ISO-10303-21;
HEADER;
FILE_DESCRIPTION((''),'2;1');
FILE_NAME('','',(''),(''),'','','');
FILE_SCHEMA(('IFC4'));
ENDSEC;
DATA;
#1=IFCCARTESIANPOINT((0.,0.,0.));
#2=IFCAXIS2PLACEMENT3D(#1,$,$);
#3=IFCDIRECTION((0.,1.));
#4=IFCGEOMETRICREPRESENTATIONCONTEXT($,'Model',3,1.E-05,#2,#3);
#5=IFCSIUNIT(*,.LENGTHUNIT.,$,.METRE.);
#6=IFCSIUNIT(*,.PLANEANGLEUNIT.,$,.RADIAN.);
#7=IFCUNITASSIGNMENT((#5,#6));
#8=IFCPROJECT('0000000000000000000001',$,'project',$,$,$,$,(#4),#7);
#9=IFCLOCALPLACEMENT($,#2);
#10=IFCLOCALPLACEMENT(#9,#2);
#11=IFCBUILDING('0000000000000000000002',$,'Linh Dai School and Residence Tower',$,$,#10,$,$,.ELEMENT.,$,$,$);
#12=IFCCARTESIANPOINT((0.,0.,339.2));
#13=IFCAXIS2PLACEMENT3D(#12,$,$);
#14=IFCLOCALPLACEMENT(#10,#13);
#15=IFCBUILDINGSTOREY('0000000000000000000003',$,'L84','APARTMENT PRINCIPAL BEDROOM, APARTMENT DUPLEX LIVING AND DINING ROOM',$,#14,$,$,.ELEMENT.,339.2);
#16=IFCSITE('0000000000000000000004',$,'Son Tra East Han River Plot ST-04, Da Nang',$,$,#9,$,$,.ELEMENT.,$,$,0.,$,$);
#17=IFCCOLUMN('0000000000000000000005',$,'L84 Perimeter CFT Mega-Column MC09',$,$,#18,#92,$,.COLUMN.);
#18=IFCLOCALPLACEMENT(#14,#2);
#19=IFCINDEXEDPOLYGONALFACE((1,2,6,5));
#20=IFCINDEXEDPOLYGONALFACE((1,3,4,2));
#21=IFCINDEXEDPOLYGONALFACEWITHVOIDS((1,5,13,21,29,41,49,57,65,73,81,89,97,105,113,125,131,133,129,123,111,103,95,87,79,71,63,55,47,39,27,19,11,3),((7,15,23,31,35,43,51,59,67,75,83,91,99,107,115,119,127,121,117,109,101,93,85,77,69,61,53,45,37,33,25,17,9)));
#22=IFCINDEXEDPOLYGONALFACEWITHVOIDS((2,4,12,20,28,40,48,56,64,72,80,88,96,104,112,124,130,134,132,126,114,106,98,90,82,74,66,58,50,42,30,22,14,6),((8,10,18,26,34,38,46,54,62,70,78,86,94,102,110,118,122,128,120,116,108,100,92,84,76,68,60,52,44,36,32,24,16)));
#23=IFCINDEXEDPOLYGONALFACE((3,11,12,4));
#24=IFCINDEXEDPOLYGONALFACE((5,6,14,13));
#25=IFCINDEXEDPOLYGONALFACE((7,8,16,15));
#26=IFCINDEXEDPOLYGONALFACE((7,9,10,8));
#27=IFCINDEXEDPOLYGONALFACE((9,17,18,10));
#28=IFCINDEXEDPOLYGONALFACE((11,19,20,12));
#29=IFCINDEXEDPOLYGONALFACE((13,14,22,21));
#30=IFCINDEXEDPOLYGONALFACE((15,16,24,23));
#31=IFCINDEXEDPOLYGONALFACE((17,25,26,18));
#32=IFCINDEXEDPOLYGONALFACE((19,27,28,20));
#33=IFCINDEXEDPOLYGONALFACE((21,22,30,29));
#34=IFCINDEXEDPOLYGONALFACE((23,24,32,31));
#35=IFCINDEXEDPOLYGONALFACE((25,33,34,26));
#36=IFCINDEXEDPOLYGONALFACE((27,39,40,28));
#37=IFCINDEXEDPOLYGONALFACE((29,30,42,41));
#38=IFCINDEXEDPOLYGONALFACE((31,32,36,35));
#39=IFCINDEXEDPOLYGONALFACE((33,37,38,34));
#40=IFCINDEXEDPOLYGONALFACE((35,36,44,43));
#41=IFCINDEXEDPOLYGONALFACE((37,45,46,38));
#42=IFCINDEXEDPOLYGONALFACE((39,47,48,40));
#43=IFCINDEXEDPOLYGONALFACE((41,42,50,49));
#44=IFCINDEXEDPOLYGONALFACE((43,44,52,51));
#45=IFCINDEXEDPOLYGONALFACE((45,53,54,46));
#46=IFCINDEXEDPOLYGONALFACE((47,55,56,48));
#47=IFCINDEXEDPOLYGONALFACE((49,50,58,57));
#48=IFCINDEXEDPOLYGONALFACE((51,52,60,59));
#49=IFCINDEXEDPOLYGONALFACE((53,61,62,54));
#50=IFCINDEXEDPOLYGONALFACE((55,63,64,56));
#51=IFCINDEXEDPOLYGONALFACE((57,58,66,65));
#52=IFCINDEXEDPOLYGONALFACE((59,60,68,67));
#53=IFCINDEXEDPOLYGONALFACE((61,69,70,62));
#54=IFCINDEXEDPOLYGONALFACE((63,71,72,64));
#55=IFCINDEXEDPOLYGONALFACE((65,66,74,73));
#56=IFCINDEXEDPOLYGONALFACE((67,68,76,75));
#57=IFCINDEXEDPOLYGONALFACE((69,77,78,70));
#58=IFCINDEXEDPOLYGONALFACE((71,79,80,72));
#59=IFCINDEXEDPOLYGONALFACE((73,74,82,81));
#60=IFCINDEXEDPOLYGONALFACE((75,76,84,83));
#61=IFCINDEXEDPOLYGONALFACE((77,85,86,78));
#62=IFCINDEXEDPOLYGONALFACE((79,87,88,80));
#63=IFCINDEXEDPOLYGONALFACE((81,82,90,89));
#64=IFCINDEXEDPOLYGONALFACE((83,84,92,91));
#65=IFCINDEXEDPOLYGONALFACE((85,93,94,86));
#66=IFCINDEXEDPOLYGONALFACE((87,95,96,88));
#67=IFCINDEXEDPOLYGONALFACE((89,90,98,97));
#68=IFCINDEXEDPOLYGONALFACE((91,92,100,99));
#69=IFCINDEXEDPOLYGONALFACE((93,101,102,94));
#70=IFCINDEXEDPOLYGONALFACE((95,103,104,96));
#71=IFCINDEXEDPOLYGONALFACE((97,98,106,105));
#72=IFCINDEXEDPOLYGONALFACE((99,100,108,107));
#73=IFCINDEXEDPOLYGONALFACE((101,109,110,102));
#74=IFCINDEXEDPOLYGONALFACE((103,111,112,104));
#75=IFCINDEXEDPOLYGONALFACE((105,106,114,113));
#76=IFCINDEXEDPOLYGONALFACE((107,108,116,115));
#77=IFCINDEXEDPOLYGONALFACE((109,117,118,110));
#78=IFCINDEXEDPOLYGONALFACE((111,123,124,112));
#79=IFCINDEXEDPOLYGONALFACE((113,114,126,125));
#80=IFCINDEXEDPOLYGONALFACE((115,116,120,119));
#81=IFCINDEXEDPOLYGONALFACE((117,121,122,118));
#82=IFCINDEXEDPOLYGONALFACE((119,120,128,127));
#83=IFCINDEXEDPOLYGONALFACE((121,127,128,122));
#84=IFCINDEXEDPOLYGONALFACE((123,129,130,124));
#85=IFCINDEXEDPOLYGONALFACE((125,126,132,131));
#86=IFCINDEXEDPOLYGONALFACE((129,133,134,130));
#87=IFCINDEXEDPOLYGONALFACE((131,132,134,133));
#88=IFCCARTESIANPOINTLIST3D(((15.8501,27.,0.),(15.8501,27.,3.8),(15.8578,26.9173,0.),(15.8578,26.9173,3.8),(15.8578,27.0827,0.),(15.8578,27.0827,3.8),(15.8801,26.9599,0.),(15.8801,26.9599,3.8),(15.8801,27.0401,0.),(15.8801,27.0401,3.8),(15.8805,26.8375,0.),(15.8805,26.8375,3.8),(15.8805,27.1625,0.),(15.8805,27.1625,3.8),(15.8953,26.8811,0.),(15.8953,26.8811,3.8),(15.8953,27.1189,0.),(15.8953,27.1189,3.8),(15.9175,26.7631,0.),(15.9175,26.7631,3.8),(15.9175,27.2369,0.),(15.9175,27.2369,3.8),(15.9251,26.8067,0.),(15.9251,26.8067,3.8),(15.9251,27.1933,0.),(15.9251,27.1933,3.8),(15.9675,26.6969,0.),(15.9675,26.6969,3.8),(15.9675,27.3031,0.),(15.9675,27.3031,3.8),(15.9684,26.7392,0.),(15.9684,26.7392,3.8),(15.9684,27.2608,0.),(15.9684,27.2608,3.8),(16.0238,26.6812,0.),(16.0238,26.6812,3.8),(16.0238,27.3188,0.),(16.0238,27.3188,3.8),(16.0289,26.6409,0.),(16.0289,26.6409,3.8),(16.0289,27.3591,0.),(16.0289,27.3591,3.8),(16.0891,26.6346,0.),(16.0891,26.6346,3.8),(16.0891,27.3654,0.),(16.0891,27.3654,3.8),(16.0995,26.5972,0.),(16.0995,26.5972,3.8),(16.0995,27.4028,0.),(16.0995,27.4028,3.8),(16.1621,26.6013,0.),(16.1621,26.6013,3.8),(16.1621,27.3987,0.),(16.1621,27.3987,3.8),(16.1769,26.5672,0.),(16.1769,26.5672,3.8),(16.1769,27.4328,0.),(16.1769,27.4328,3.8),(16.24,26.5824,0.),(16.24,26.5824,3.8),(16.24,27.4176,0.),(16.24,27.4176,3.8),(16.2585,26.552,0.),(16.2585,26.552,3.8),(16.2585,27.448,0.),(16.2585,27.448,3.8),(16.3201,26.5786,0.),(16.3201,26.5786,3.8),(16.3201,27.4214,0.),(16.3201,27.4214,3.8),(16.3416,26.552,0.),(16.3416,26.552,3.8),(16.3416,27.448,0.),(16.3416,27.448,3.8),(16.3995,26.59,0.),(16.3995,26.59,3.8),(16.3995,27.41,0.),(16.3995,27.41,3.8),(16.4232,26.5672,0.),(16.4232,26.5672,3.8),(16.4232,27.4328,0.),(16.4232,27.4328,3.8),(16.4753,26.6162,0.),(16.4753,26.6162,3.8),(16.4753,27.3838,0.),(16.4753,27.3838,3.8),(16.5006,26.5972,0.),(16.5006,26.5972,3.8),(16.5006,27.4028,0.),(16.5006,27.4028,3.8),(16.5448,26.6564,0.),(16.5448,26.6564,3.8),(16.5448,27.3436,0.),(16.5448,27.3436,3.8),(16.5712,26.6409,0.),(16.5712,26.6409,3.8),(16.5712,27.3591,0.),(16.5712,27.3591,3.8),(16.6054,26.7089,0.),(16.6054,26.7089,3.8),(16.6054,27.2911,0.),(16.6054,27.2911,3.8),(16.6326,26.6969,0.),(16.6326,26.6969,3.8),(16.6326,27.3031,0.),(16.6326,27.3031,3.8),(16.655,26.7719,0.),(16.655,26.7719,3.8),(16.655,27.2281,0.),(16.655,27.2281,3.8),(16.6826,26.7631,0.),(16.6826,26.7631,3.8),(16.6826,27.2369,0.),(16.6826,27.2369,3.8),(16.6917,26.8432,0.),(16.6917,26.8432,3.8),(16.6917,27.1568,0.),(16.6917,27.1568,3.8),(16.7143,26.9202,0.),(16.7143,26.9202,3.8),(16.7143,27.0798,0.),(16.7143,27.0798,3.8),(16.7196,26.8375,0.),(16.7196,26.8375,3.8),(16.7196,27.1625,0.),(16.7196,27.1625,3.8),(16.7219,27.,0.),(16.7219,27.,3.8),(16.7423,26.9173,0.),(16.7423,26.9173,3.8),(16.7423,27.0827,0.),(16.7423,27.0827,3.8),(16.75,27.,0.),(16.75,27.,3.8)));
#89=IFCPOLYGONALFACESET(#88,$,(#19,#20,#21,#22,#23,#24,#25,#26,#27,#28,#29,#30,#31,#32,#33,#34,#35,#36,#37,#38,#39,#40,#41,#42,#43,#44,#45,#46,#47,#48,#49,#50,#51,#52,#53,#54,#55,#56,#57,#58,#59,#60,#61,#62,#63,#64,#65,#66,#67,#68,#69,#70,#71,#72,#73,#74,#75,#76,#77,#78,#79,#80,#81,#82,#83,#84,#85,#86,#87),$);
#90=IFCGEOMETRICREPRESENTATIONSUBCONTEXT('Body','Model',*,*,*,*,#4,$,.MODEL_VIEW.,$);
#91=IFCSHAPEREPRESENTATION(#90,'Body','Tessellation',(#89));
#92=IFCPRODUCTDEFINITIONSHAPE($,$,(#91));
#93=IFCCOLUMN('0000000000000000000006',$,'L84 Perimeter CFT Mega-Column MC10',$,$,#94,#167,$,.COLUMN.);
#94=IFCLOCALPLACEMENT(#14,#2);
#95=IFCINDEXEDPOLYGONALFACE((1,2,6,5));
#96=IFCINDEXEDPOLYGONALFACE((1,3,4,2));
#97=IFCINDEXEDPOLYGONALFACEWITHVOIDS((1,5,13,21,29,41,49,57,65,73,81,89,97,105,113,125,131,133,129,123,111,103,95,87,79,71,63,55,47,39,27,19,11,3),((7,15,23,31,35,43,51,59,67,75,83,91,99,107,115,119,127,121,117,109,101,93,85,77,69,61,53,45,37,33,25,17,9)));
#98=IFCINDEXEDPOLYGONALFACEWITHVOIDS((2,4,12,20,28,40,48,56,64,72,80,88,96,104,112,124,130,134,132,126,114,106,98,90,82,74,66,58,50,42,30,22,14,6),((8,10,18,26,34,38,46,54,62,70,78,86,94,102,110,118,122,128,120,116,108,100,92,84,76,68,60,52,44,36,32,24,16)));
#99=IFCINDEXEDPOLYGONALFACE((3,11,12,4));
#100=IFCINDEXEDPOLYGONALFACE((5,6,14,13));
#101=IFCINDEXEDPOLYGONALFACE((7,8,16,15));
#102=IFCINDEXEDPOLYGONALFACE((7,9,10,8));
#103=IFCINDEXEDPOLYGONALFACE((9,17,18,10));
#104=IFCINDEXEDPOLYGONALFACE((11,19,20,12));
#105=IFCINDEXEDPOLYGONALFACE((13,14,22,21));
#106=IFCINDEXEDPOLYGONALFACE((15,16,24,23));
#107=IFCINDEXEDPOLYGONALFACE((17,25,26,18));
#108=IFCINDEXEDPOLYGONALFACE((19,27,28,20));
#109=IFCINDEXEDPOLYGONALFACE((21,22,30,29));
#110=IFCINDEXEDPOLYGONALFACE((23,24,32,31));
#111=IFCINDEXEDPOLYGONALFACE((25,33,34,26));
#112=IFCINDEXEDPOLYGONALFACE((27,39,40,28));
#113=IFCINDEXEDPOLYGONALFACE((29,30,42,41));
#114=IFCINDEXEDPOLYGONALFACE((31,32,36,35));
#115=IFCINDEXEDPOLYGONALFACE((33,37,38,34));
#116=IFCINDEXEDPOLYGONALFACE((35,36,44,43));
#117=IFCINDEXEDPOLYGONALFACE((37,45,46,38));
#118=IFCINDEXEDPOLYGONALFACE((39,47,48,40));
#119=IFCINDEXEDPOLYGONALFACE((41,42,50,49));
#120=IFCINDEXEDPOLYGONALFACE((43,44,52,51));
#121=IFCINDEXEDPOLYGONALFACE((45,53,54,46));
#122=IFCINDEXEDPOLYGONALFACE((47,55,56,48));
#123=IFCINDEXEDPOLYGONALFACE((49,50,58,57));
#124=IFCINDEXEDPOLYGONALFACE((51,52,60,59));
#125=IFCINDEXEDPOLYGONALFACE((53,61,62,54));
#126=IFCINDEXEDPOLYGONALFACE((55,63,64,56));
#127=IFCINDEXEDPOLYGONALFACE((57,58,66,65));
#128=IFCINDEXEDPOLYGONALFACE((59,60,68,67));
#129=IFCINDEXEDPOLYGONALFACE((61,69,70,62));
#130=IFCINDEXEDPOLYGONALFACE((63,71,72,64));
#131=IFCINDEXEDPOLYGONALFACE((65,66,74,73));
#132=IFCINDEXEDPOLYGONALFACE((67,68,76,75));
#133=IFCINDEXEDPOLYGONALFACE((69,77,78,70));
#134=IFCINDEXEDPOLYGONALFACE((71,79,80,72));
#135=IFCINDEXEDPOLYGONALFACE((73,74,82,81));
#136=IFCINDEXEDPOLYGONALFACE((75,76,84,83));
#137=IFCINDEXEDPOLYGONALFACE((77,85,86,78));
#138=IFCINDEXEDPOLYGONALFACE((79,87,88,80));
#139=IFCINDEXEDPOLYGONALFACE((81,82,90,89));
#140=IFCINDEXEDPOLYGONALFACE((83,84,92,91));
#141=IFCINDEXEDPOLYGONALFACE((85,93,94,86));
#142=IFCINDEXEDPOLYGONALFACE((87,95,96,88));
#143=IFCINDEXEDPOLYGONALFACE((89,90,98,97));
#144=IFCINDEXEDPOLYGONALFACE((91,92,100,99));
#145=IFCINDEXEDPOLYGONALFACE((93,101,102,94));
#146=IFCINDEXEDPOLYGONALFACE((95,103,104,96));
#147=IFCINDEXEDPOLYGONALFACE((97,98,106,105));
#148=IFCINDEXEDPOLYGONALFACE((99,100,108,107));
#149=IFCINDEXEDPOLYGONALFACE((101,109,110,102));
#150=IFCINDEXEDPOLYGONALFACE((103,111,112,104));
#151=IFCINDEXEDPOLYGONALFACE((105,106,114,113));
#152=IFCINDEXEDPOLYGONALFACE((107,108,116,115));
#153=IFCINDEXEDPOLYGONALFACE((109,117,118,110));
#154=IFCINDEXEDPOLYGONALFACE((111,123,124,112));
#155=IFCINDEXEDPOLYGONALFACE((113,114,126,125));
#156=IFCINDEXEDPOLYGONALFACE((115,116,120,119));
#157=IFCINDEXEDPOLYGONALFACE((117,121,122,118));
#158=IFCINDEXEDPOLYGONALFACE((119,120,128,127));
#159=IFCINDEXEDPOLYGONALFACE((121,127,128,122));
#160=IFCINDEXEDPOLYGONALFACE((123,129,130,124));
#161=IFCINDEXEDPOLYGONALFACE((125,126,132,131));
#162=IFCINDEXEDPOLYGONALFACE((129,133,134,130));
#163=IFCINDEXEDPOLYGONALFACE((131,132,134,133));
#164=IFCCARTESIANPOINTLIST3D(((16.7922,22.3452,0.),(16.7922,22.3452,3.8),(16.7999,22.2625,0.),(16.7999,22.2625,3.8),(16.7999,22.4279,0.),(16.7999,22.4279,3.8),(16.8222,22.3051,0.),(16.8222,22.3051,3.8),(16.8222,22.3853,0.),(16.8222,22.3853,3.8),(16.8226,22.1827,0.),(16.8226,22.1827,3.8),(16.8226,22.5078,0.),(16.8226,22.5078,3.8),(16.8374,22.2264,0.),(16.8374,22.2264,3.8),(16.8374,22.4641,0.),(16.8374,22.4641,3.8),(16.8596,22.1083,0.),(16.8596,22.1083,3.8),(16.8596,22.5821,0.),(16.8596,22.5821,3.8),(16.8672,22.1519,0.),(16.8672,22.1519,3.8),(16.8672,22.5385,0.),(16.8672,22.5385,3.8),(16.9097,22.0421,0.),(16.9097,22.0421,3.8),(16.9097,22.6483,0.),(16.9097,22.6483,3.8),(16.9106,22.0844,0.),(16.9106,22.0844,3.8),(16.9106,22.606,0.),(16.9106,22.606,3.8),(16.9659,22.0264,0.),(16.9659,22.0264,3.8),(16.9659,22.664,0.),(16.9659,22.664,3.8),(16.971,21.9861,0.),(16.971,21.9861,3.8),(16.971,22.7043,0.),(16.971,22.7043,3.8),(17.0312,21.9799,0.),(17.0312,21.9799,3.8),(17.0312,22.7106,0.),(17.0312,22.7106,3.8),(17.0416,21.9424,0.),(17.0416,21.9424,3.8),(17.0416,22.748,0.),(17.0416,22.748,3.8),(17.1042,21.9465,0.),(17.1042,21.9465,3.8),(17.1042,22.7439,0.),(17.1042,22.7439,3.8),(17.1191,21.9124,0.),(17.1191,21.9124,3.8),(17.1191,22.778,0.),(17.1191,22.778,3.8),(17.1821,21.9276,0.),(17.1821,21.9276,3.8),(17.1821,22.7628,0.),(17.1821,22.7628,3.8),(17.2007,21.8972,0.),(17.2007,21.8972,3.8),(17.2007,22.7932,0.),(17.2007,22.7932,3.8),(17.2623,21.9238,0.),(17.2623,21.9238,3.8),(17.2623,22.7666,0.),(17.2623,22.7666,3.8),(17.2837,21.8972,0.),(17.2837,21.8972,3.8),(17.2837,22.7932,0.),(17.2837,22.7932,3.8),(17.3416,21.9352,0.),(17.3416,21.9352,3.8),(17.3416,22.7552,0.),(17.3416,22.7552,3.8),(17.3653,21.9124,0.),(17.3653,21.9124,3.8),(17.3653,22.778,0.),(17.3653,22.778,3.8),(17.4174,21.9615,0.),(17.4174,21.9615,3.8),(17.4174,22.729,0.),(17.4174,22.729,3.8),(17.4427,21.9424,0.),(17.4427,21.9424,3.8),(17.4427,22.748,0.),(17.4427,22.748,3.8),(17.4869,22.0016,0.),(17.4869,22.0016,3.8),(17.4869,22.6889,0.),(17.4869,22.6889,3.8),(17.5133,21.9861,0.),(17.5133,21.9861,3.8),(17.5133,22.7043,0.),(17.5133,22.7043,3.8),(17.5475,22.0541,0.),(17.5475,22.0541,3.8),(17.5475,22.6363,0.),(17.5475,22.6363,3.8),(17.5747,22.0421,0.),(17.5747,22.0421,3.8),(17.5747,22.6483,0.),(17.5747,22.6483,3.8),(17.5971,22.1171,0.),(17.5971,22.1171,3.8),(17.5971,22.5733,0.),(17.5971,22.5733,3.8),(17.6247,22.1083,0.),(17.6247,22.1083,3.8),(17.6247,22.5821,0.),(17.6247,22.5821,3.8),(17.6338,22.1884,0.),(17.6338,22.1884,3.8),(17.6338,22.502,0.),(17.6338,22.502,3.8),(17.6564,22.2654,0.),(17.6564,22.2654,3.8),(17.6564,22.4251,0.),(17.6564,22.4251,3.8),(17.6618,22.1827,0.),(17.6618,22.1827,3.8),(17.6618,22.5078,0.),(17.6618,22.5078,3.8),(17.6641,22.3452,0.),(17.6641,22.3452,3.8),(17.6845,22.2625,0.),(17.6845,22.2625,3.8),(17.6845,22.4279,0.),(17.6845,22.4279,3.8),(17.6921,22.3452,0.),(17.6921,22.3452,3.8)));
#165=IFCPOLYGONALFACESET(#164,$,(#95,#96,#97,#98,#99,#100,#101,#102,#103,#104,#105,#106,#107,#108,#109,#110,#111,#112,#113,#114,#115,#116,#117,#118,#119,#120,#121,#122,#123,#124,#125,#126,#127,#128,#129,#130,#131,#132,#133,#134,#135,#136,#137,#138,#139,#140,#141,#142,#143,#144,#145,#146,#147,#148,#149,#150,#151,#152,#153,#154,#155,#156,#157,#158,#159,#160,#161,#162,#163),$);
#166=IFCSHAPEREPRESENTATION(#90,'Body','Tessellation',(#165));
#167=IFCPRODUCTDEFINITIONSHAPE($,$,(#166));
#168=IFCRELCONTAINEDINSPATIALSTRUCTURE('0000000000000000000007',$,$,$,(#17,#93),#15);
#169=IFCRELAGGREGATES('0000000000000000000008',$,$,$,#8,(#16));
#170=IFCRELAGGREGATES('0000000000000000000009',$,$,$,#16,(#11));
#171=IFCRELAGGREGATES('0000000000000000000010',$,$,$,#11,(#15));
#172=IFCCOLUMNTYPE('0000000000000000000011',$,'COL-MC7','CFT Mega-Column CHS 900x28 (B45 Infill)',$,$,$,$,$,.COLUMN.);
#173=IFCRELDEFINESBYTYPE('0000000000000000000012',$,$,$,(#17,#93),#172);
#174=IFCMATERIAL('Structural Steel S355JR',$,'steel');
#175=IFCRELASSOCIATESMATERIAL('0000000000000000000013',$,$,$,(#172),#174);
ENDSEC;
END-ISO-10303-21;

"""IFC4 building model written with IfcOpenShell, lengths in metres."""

from ifc_helpers import new_model, si_unit, direction, frame, origin, origin_2d, place, context, subcontext, project, spatial, hollow_circle, extrude, material, material_profile, profile_set, type_object, element, save


model = new_model("IFC4")

# Units and contexts
model_context = context("Model", 3, precision=1e-05, world=origin(), true_north=direction((0.0, 1.0)))
body_context = subcontext(model_context, "Body", "Model", "MODEL_VIEW")
ifc_project = project(units=[si_unit("LENGTHUNIT", "METRE"), si_unit("PLANEANGLEUNIT", "RADIAN")], contexts=[model_context])

# Site, building, storey
site_placement = place(None, origin())
site = spatial("IfcSite", under=ifc_project, at=site_placement, Name="Son Tra East Han River Plot ST-04, Da Nang", CompositionType="ELEMENT", RefElevation=0.0)
building_placement = place(site_placement, origin())
building = spatial("IfcBuilding", under=site, at=building_placement, Name="Linh Dai School and Residence Tower", CompositionType="ELEMENT")
storey_placement = place(building_placement, frame((0.0, 0.0, 339.2)))
storey = spatial("IfcBuildingStorey", under=building, at=storey_placement, Name="L84", Description="APARTMENT PRINCIPAL BEDROOM, APARTMENT DUPLEX LIVING AND DINING ROOM", CompositionType="ELEMENT", Elevation=339.2)

# Columns
ifc_material_1 = material(Name="Structural Steel S355JR", Category="steel")
ifc_material_profile_1 = material_profile(ifc_material_1, hollow_circle(Radius=0.45, WallThickness=0.0281, at=origin_2d()), Name="CHS 900x28")
ifc_profile_set_1 = profile_set([ifc_material_profile_1], Name="Structural Steel S355JR")
column_type = type_object("IfcColumnType", Name="COL-MC7", Description="CFT Mega-Column CHS 900x28 (B45 Infill)", PredefinedType="COLUMN", material=ifc_profile_set_1)
for number, where, z_axis, x_axis, name in (
    (1, (16.3, 27.0, 0.0), (0.0, 0.0, 1.0), (1.0, 0.0, 0.0), "L84 Perimeter CFT Mega-Column MC09"),
    (2, (17.2422, 22.3452, 0.0), (0.0, 0.0, 1.0), (1.0, 0.0, 0.0), "L84 Perimeter CFT Mega-Column MC10"),
):
    element("IfcColumn", number, at=place(storey_placement, frame(where, z_axis=z_axis, x_axis=x_axis)), inside=storey, type_object=column_type, Name=name, PredefinedType="COLUMN", context=body_context, shape_type="SweptSolid", body=[
        extrude(hollow_circle(Radius=0.45, WallThickness=0.0281, at=origin_2d()), origin(), (0.0, 0.0, 1.0), 3.8),
    ])

save(model, "model.ifc")
